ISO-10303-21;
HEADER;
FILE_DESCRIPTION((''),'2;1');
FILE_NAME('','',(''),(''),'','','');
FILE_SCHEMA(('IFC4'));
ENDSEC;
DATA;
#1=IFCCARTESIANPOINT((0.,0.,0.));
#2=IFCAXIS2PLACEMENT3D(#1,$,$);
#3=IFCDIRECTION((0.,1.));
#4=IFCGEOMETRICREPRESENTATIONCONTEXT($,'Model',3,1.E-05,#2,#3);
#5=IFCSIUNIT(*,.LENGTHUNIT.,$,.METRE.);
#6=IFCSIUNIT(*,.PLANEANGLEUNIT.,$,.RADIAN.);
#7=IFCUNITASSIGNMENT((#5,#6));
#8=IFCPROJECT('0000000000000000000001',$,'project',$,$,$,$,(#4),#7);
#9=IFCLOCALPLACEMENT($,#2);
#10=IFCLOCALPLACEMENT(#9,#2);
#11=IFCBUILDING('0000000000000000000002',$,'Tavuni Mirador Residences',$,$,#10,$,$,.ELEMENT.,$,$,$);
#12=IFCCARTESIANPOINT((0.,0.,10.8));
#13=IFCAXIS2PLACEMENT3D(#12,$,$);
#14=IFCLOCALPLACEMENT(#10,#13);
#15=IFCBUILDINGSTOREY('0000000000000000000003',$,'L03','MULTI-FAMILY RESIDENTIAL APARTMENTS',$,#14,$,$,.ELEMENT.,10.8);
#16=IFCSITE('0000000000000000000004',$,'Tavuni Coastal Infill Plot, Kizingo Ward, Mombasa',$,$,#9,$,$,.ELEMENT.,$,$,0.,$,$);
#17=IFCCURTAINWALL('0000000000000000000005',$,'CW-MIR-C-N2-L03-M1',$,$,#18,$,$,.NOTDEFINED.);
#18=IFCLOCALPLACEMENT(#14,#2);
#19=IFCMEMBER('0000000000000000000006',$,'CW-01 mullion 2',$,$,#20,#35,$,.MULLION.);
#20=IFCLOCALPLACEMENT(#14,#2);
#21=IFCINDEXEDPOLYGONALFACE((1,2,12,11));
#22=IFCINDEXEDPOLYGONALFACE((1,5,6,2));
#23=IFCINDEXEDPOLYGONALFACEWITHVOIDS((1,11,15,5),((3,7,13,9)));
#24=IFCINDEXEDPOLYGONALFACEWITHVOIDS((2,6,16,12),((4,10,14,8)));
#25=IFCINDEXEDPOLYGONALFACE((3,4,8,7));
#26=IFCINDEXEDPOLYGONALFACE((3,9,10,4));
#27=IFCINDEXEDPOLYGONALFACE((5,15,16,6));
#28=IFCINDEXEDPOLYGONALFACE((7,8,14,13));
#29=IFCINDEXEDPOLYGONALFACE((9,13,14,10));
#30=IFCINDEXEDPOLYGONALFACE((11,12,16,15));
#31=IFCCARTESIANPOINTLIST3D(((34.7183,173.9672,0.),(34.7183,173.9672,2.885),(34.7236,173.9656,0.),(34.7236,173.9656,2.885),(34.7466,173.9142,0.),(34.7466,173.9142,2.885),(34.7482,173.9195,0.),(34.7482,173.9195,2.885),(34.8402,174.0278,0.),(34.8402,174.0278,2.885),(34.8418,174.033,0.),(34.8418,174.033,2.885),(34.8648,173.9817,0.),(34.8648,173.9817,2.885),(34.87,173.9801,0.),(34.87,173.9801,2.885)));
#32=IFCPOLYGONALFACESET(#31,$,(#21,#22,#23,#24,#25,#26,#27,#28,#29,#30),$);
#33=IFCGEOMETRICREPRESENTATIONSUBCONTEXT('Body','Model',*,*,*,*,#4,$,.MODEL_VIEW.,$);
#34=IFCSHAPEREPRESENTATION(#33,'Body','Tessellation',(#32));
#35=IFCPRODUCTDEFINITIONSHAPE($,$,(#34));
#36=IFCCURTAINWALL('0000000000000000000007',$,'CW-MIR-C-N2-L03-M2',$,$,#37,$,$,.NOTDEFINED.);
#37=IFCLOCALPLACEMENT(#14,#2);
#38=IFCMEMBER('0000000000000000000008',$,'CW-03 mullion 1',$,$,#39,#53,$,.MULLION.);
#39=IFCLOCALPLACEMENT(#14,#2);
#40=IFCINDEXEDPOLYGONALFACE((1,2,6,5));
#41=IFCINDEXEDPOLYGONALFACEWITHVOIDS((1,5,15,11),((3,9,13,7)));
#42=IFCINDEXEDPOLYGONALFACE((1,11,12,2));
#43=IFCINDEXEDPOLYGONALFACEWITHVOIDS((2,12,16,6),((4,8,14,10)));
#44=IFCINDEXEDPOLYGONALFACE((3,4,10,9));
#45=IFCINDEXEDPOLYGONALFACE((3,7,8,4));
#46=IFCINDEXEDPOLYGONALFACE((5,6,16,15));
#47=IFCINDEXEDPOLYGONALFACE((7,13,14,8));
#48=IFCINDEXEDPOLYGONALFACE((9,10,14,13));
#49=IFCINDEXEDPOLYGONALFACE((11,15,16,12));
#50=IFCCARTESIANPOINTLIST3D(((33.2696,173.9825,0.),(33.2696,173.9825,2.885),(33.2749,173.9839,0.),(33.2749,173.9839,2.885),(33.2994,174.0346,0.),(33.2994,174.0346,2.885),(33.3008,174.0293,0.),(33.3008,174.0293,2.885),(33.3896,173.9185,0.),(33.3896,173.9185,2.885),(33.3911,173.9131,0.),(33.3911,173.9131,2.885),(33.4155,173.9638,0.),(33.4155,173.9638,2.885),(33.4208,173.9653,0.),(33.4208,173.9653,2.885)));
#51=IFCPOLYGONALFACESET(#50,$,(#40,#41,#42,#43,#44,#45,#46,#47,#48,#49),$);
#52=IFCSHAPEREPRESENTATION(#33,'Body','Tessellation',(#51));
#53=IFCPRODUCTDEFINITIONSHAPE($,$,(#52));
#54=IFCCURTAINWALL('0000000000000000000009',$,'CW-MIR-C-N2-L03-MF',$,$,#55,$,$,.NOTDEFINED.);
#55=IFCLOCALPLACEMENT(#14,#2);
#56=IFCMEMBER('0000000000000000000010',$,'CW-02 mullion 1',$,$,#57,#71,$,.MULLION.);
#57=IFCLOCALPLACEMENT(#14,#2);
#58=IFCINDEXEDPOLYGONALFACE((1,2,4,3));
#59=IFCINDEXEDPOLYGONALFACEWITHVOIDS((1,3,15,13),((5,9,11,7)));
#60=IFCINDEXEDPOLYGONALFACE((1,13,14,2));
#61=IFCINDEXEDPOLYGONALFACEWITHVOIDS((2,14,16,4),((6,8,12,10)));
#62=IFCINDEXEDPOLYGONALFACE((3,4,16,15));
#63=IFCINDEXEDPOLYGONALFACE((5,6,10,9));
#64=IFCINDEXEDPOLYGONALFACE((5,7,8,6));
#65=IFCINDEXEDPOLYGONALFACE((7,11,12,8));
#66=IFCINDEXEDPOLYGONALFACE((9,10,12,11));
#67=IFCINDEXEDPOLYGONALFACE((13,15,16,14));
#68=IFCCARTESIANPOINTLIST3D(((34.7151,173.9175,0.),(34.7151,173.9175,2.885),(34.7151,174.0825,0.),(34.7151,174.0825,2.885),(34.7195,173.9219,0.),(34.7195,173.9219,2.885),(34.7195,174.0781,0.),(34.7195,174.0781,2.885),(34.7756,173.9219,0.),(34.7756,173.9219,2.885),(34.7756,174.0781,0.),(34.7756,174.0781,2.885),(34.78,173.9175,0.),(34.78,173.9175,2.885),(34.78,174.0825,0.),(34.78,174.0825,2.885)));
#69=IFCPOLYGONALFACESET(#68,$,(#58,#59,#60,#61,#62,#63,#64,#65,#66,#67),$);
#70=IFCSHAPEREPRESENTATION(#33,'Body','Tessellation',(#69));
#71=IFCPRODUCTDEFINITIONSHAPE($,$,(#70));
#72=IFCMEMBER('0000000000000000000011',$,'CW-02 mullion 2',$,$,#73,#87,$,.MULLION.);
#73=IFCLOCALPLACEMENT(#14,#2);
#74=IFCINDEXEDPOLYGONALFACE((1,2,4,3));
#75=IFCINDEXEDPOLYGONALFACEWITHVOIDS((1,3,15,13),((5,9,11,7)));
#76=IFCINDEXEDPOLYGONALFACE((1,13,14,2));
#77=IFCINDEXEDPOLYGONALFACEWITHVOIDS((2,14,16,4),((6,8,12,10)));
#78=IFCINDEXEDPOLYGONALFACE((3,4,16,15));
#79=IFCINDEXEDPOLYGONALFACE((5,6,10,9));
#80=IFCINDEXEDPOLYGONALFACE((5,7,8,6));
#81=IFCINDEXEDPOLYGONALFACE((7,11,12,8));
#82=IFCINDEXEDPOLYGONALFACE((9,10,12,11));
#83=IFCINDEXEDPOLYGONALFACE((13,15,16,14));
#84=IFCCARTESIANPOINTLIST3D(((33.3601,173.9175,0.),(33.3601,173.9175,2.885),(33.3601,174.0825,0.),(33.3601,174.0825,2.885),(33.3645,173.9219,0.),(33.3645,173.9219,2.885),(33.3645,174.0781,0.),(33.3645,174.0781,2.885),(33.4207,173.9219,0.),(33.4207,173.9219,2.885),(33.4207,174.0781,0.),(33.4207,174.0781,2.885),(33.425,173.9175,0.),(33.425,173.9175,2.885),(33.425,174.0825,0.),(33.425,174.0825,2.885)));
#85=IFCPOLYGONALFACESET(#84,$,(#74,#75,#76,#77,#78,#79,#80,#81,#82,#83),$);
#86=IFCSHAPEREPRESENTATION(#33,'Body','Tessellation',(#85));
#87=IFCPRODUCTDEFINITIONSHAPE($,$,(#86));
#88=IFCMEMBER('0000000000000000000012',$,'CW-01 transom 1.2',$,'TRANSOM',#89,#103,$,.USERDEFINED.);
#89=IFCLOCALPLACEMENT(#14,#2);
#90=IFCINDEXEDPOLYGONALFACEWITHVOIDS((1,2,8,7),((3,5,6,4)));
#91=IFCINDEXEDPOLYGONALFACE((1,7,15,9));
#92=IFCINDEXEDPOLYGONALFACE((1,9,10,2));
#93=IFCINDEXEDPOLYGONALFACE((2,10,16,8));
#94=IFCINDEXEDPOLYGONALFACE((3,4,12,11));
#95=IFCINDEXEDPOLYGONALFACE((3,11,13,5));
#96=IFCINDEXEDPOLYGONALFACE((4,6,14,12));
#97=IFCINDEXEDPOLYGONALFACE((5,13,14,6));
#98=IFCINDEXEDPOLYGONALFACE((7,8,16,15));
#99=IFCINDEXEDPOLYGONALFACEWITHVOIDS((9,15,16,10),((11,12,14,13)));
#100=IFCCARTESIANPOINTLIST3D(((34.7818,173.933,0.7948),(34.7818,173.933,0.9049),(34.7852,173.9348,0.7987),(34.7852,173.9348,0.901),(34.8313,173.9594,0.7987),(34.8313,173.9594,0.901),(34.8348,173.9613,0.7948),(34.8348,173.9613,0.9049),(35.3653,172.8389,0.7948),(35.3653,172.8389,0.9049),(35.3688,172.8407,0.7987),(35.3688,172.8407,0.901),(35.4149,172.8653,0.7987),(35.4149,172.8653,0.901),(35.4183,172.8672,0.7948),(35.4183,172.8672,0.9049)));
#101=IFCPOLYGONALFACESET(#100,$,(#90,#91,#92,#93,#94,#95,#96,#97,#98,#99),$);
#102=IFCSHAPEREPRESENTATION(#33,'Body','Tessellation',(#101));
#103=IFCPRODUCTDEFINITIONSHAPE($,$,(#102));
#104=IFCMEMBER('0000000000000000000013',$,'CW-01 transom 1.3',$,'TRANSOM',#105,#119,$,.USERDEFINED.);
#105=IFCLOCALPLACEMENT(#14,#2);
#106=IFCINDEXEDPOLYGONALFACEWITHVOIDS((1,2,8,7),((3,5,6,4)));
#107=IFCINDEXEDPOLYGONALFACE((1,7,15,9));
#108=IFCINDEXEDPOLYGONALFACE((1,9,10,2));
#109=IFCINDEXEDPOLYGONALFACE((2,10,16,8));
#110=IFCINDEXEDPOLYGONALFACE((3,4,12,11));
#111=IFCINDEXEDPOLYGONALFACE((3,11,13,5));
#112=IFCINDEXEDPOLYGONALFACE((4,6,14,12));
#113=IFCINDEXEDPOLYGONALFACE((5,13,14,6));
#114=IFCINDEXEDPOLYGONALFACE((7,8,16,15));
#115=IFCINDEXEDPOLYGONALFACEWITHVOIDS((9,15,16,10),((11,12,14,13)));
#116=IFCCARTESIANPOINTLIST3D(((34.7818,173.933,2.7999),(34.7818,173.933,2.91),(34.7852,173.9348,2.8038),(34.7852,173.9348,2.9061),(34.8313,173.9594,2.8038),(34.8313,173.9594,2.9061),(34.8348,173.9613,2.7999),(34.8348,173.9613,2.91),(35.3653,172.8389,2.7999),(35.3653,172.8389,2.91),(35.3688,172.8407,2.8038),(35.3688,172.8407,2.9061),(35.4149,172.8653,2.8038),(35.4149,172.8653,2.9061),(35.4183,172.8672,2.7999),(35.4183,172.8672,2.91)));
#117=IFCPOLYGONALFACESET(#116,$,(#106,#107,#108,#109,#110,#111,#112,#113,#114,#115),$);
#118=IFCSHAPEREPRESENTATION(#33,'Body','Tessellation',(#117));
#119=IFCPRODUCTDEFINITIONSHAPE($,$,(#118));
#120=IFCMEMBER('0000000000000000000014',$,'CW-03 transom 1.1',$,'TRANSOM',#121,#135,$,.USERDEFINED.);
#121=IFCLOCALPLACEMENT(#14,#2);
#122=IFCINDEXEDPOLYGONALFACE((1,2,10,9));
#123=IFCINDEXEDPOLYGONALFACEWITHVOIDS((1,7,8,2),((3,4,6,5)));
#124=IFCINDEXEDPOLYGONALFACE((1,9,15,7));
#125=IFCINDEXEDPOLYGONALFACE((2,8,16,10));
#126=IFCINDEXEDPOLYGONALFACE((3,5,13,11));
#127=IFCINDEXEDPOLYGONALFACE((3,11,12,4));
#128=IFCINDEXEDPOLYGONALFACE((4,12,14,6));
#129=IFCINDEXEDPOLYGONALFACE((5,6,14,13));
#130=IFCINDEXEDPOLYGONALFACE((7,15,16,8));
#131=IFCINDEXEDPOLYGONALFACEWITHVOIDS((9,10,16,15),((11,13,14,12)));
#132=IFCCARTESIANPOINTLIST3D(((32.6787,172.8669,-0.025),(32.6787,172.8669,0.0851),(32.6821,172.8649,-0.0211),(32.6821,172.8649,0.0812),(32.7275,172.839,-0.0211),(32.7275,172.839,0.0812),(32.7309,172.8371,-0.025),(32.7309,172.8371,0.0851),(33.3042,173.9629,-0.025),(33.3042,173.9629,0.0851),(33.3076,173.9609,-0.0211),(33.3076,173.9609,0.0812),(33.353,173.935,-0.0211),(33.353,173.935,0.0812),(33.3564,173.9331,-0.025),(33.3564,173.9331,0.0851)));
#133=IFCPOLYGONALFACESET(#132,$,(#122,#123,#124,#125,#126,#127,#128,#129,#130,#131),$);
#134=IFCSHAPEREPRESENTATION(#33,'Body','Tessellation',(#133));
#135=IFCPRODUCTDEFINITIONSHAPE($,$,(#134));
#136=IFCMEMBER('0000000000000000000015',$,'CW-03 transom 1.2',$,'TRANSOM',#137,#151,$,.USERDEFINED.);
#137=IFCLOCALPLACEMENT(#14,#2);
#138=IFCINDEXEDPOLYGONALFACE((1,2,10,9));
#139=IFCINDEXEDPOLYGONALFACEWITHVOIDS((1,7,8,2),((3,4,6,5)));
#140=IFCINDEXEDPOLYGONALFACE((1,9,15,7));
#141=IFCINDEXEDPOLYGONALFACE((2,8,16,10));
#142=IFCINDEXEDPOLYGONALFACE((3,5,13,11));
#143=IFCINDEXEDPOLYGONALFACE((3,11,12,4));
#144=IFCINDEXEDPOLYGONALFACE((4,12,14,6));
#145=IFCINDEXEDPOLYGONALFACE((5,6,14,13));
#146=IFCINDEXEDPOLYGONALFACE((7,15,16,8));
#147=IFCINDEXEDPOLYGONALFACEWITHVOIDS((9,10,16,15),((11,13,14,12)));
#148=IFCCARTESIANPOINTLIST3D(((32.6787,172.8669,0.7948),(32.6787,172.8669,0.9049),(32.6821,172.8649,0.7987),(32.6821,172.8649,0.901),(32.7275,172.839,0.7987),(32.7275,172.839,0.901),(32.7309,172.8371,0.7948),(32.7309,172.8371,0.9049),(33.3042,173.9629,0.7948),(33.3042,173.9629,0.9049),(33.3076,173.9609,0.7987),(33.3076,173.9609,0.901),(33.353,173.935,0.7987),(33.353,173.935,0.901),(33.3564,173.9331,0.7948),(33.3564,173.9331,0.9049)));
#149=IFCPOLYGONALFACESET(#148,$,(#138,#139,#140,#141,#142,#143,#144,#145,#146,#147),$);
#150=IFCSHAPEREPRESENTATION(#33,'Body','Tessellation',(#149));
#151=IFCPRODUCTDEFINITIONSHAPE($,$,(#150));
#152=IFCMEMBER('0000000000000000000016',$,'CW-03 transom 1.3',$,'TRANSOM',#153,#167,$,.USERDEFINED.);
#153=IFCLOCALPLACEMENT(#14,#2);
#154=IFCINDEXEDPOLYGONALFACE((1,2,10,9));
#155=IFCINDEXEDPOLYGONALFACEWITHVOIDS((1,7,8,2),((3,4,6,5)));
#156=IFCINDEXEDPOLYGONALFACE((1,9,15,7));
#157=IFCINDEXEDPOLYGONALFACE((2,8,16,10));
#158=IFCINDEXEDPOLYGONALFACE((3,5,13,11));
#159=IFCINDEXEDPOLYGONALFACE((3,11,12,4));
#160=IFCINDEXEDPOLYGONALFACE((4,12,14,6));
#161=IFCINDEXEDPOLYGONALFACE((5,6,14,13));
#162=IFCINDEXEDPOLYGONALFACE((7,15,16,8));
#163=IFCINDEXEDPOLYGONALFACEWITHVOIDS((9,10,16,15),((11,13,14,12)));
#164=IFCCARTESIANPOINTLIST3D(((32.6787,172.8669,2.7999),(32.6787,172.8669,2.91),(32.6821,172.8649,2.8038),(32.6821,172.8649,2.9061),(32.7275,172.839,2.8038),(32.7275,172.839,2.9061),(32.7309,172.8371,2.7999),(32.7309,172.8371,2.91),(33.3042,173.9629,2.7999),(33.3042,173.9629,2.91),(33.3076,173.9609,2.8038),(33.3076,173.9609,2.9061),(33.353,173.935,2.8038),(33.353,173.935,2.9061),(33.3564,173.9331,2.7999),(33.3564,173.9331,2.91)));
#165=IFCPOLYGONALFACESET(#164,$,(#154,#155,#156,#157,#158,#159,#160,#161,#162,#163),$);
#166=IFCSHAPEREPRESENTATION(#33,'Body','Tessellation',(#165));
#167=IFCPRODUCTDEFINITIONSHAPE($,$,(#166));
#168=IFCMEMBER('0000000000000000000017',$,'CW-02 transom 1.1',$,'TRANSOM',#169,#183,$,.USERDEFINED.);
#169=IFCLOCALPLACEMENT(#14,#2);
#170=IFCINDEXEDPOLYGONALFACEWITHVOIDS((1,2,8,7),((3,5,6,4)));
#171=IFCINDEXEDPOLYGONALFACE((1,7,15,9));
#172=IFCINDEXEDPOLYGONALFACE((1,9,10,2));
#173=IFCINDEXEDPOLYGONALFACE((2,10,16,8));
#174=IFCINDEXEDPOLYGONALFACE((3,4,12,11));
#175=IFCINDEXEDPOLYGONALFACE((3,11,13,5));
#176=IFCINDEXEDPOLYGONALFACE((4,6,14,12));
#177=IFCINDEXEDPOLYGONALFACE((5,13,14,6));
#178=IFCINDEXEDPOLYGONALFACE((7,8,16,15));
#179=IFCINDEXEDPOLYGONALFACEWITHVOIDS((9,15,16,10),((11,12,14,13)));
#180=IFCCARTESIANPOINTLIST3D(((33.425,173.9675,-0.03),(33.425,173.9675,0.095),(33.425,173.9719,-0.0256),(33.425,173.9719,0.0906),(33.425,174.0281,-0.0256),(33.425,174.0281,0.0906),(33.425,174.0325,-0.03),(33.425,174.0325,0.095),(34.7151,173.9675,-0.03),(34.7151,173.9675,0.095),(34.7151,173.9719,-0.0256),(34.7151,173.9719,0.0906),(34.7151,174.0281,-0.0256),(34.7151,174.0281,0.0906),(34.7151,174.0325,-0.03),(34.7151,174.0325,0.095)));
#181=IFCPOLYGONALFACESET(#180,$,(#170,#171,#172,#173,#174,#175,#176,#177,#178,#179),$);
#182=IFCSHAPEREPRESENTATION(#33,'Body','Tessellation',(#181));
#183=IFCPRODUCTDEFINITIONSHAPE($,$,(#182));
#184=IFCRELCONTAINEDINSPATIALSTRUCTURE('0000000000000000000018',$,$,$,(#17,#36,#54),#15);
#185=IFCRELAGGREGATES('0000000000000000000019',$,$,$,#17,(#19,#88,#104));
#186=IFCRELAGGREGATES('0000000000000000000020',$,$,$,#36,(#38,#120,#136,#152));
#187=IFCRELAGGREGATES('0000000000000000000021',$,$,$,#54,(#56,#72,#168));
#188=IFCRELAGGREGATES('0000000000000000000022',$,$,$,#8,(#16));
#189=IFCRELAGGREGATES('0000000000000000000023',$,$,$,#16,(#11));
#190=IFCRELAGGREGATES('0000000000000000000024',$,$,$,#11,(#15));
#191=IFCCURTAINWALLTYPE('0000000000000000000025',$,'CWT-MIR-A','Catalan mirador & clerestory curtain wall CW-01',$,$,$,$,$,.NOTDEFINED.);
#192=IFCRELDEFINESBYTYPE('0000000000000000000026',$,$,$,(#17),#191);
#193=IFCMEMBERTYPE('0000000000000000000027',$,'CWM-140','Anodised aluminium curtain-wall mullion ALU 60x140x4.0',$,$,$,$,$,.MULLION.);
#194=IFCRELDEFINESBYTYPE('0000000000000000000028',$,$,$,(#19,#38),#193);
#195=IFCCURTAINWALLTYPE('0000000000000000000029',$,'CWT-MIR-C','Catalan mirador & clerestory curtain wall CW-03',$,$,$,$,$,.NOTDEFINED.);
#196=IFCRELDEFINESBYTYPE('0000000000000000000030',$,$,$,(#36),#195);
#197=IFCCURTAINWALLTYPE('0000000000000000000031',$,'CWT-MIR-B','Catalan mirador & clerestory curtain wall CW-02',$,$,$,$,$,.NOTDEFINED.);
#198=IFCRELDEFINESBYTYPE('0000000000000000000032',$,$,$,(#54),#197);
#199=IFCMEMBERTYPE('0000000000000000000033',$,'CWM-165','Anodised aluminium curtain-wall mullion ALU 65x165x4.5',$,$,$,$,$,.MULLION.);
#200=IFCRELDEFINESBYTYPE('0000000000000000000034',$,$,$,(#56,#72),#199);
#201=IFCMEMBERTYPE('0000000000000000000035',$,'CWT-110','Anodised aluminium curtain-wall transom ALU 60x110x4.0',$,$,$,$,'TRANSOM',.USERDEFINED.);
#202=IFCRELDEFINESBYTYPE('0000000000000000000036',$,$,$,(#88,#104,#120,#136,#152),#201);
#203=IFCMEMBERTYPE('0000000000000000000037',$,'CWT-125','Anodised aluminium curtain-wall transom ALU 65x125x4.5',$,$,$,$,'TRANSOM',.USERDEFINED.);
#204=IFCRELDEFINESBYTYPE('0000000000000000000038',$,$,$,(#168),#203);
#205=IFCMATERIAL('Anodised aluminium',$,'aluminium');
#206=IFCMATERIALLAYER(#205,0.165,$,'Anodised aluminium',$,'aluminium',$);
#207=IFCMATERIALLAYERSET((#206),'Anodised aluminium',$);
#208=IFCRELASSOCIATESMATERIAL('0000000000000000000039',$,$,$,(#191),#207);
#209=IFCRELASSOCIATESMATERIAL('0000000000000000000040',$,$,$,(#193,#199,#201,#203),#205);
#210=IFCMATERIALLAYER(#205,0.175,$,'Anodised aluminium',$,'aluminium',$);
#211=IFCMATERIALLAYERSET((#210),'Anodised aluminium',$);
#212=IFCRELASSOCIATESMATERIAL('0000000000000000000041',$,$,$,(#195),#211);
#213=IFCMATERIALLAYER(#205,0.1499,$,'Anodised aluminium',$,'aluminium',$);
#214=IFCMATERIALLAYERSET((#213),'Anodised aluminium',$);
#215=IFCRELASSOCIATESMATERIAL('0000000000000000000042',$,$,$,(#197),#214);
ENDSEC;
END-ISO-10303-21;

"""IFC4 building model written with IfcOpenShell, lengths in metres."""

from ifc_helpers import new_model, si_unit, direction, frame, origin, origin_2d, place, context, subcontext, project, spatial, hollow_rectangle, extrude, material, layer, layer_set, material_profile, profile_set, type_object, element, aggregate, save


model = new_model("IFC4")

# Units and contexts
model_context = context("Model", 3, precision=1e-05, world=origin(), true_north=direction((0.0, 1.0)))
body_context = subcontext(model_context, "Body", "Model", "MODEL_VIEW")
ifc_project = project(units=[si_unit("LENGTHUNIT", "METRE"), si_unit("PLANEANGLEUNIT", "RADIAN")], contexts=[model_context])

# Site, building, storey
site_placement = place(None, origin())
site = spatial("IfcSite", under=ifc_project, at=site_placement, Name="Tavuni Coastal Infill Plot, Kizingo Ward, Mombasa", CompositionType="ELEMENT", RefElevation=0.0)
building_placement = place(site_placement, origin())
building = spatial("IfcBuilding", under=site, at=building_placement, Name="Tavuni Mirador Residences", CompositionType="ELEMENT")
storey_placement = place(building_placement, frame((0.0, 0.0, 10.8)))
storey = spatial("IfcBuildingStorey", under=building, at=storey_placement, Name="L03", Description="MULTI-FAMILY RESIDENTIAL APARTMENTS", CompositionType="ELEMENT", Elevation=10.8)

# Curtain walls, members
ifc_material_1 = material(Name="Anodised aluminium", Category="aluminium")
ifc_layer_1 = layer(ifc_material_1, 0.165, Name="Anodised aluminium", Category="aluminium")
ifc_layer_set_1 = layer_set([ifc_layer_1], Name="Anodised aluminium")
curtain_wall_type_1 = type_object("IfcCurtainWallType", Name="CWT-MIR-A", Description="Catalan mirador & clerestory curtain wall CW-01", PredefinedType="NOTDEFINED", material=ifc_layer_set_1)
curtain_wall_1_placement = place(storey_placement, origin())
curtain_wall_1 = element("IfcCurtainWall", 1, at=curtain_wall_1_placement, inside=storey, type_object=curtain_wall_type_1, Name="CW-MIR-C-N2-L03-M1", PredefinedType="NOTDEFINED")
ifc_material_profile_1 = material_profile(ifc_material_1, hollow_rectangle(XDim=0.0601, YDim=0.1399, WallThickness=0.0039, at=origin_2d()), Name="ALU 60x140x4.0", Category="aluminium")
ifc_profile_set_1 = profile_set([ifc_material_profile_1], Name="Anodised aluminium")
member_type_1 = type_object("IfcMemberType", Name="CWM-140", Description="Anodised aluminium curtain-wall mullion ALU 60x140x4.0", PredefinedType="MULLION", material=ifc_profile_set_1)
member_1_placement = place(storey_placement, frame((34.7942, 173.9736, 0.0), z_axis=(0.0, 0.0, 1.0), x_axis=(-0.470588, 0.882353, 0.0)))
member_1 = element("IfcMember", 2, at=member_1_placement, type_object=member_type_1, Name="CW-01 mullion 2", PredefinedType="MULLION", context=body_context, shape_type="SweptSolid", body=[
    extrude(hollow_rectangle(XDim=0.0601, YDim=0.1399, WallThickness=0.0039, at=origin_2d()), origin(), (0.0, 0.0, 1.0), 2.885),
])
ifc_layer_2 = layer(ifc_material_1, 0.175, Name="Anodised aluminium", Category="aluminium")
ifc_layer_set_2 = layer_set([ifc_layer_2], Name="Anodised aluminium")
curtain_wall_type_2 = type_object("IfcCurtainWallType", Name="CWT-MIR-C", Description="Catalan mirador & clerestory curtain wall CW-03", PredefinedType="NOTDEFINED", material=ifc_layer_set_2)
curtain_wall_2_placement = place(storey_placement, origin())
curtain_wall_2 = element("IfcCurtainWall", 3, at=curtain_wall_2_placement, inside=storey, type_object=curtain_wall_type_2, Name="CW-MIR-C-N2-L03-M2", PredefinedType="NOTDEFINED")
member_2_placement = place(storey_placement, frame((33.3452, 173.9739, 0.0), z_axis=(0.0, 0.0, 1.0), x_axis=(-0.495749, -0.868466, 0.0)))
member_2 = element("IfcMember", 4, at=member_2_placement, type_object=member_type_1, Name="CW-03 mullion 1", PredefinedType="MULLION", context=body_context, shape_type="SweptSolid", body=[
    extrude(hollow_rectangle(XDim=0.0601, YDim=0.1399, WallThickness=0.0039, at=origin_2d()), origin(), (0.0, 0.0, 1.0), 2.885),
])

# Curtain wall, members
ifc_layer_3 = layer(ifc_material_1, 0.1499, Name="Anodised aluminium", Category="aluminium")
ifc_layer_set_3 = layer_set([ifc_layer_3], Name="Anodised aluminium")
curtain_wall_type_3 = type_object("IfcCurtainWallType", Name="CWT-MIR-B", Description="Catalan mirador & clerestory curtain wall CW-02", PredefinedType="NOTDEFINED", material=ifc_layer_set_3)
curtain_wall_3_placement = place(storey_placement, origin())
curtain_wall_3 = element("IfcCurtainWall", 5, at=curtain_wall_3_placement, inside=storey, type_object=curtain_wall_type_3, Name="CW-MIR-C-N2-L03-MF", PredefinedType="NOTDEFINED")
ifc_material_profile_2 = material_profile(ifc_material_1, hollow_rectangle(XDim=0.0649, YDim=0.165, WallThickness=0.0044, at=origin_2d()), Name="ALU 65x165x4.5", Category="aluminium")
ifc_profile_set_2 = profile_set([ifc_material_profile_2], Name="Anodised aluminium")
member_type_2 = type_object("IfcMemberType", Name="CWM-165", Description="Anodised aluminium curtain-wall mullion ALU 65x165x4.5", PredefinedType="MULLION", material=ifc_profile_set_2)
member_3_placement = place(storey_placement, frame((34.7476, 174.0, 0.0), z_axis=(0.0, 0.0, 1.0), x_axis=(-1.0, 0.0, 0.0)))
member_3 = element("IfcMember", 6, at=member_3_placement, type_object=member_type_2, Name="CW-02 mullion 1", PredefinedType="MULLION", context=body_context, shape_type="SweptSolid", body=[
    extrude(hollow_rectangle(XDim=0.0649, YDim=0.165, WallThickness=0.0044, at=origin_2d()), origin(), (0.0, 0.0, 1.0), 2.885),
])
member_4_placement = place(storey_placement, frame((33.3926, 174.0, 0.0), z_axis=(0.0, 0.0, 1.0), x_axis=(-1.0, 0.0, 0.0)))
member_4 = element("IfcMember", 7, at=member_4_placement, type_object=member_type_2, Name="CW-02 mullion 2", PredefinedType="MULLION", context=body_context, shape_type="SweptSolid", body=[
    extrude(hollow_rectangle(XDim=0.0649, YDim=0.165, WallThickness=0.0044, at=origin_2d()), origin(), (0.0, 0.0, 1.0), 2.885),
])

# Members
ifc_material_profile_3 = material_profile(ifc_material_1, hollow_rectangle(XDim=0.0601, YDim=0.1101, WallThickness=0.0039, at=origin_2d()), Name="ALU 60x110x4.0", Category="aluminium")
ifc_profile_set_3 = profile_set([ifc_material_profile_3], Name="Anodised aluminium")
member_type_3 = type_object("IfcMemberType", Name="CWT-110", Description="Anodised aluminium curtain-wall transom ALU 60x110x4.0", ElementType="TRANSOM", PredefinedType="USERDEFINED", material=ifc_profile_set_3)
member_5_placement = place(storey_placement, frame((35.3918, 172.853, 0.8499), z_axis=(-0.470609, 0.882342, 0.0), x_axis=(-0.882342, -0.470609, 0.0)))
member_5 = element("IfcMember", 8, at=member_5_placement, type_object=member_type_3, Name="CW-01 transom 1.2", ObjectType="TRANSOM", PredefinedType="USERDEFINED", context=body_context, shape_type="SweptSolid", body=[
    extrude(hollow_rectangle(XDim=0.0601, YDim=0.1101, WallThickness=0.0039, at=origin_2d()), origin(), (0.0, 0.0, 1.0), 1.24),
])
member_6_placement = place(storey_placement, frame((35.3918, 172.853, 2.855), z_axis=(-0.470609, 0.882342, 0.0), x_axis=(-0.882342, -0.470609, 0.0)))
member_6 = element("IfcMember", 9, at=member_6_placement, type_object=member_type_3, Name="CW-01 transom 1.3", ObjectType="TRANSOM", PredefinedType="USERDEFINED", context=body_context, shape_type="SweptSolid", body=[
    extrude(hollow_rectangle(XDim=0.0601, YDim=0.1101, WallThickness=0.0039, at=origin_2d()), origin(), (0.0, 0.0, 1.0), 1.24),
])
member_7_placement = place(storey_placement, frame((33.3303, 173.948, 0.03), z_axis=(-0.49568, -0.868505, 0.0), x_axis=(0.868505, -0.49568, 0.0)))
member_7 = element("IfcMember", 10, at=member_7_placement, type_object=member_type_3, Name="CW-03 transom 1.1", ObjectType="TRANSOM", PredefinedType="USERDEFINED", context=body_context, shape_type="SweptSolid", body=[
    extrude(hollow_rectangle(XDim=0.0601, YDim=0.1101, WallThickness=0.0039, at=origin_2d()), origin(), (0.0, 0.0, 1.0), 1.262),
])
member_8_placement = place(storey_placement, frame((33.3303, 173.948, 0.8499), z_axis=(-0.49568, -0.868505, 0.0), x_axis=(0.868505, -0.49568, 0.0)))
member_8 = element("IfcMember", 11, at=member_8_placement, type_object=member_type_3, Name="CW-03 transom 1.2", ObjectType="TRANSOM", PredefinedType="USERDEFINED", context=body_context, shape_type="SweptSolid", body=[
    extrude(hollow_rectangle(XDim=0.0601, YDim=0.1101, WallThickness=0.0039, at=origin_2d()), origin(), (0.0, 0.0, 1.0), 1.262),
])
member_9_placement = place(storey_placement, frame((33.3303, 173.948, 2.855), z_axis=(-0.49568, -0.868505, 0.0), x_axis=(0.868505, -0.49568, 0.0)))
member_9 = element("IfcMember", 12, at=member_9_placement, type_object=member_type_3, Name="CW-03 transom 1.3", ObjectType="TRANSOM", PredefinedType="USERDEFINED", context=body_context, shape_type="SweptSolid", body=[
    extrude(hollow_rectangle(XDim=0.0601, YDim=0.1101, WallThickness=0.0039, at=origin_2d()), origin(), (0.0, 0.0, 1.0), 1.262),
])
ifc_material_profile_4 = material_profile(ifc_material_1, hollow_rectangle(XDim=0.0649, YDim=0.125, WallThickness=0.0044, at=origin_2d()), Name="ALU 65x125x4.5", Category="aluminium")
ifc_profile_set_4 = profile_set([ifc_material_profile_4], Name="Anodised aluminium")
member_type_4 = type_object("IfcMemberType", Name="CWT-125", Description="Anodised aluminium curtain-wall transom ALU 65x125x4.5", ElementType="TRANSOM", PredefinedType="USERDEFINED", material=ifc_profile_set_4)
member_10_placement = place(storey_placement, frame((34.7151, 174.0, 0.0325), z_axis=(-1.0, 0.0, 0.0), x_axis=(0.0, -1.0, 0.0)))
member_10 = element("IfcMember", 13, at=member_10_placement, type_object=member_type_4, Name="CW-02 transom 1.1", ObjectType="TRANSOM", PredefinedType="USERDEFINED", context=body_context, shape_type="SweptSolid", body=[
    extrude(hollow_rectangle(XDim=0.0649, YDim=0.125, WallThickness=0.0044, at=origin_2d()), origin(), (0.0, 0.0, 1.0), 1.29),
])

aggregate(curtain_wall_1, [member_1, member_5, member_6])
aggregate(curtain_wall_2, [member_2, member_7, member_8, member_9])
aggregate(curtain_wall_3, [member_3, member_4, member_10])

save(model, "model.ifc")
